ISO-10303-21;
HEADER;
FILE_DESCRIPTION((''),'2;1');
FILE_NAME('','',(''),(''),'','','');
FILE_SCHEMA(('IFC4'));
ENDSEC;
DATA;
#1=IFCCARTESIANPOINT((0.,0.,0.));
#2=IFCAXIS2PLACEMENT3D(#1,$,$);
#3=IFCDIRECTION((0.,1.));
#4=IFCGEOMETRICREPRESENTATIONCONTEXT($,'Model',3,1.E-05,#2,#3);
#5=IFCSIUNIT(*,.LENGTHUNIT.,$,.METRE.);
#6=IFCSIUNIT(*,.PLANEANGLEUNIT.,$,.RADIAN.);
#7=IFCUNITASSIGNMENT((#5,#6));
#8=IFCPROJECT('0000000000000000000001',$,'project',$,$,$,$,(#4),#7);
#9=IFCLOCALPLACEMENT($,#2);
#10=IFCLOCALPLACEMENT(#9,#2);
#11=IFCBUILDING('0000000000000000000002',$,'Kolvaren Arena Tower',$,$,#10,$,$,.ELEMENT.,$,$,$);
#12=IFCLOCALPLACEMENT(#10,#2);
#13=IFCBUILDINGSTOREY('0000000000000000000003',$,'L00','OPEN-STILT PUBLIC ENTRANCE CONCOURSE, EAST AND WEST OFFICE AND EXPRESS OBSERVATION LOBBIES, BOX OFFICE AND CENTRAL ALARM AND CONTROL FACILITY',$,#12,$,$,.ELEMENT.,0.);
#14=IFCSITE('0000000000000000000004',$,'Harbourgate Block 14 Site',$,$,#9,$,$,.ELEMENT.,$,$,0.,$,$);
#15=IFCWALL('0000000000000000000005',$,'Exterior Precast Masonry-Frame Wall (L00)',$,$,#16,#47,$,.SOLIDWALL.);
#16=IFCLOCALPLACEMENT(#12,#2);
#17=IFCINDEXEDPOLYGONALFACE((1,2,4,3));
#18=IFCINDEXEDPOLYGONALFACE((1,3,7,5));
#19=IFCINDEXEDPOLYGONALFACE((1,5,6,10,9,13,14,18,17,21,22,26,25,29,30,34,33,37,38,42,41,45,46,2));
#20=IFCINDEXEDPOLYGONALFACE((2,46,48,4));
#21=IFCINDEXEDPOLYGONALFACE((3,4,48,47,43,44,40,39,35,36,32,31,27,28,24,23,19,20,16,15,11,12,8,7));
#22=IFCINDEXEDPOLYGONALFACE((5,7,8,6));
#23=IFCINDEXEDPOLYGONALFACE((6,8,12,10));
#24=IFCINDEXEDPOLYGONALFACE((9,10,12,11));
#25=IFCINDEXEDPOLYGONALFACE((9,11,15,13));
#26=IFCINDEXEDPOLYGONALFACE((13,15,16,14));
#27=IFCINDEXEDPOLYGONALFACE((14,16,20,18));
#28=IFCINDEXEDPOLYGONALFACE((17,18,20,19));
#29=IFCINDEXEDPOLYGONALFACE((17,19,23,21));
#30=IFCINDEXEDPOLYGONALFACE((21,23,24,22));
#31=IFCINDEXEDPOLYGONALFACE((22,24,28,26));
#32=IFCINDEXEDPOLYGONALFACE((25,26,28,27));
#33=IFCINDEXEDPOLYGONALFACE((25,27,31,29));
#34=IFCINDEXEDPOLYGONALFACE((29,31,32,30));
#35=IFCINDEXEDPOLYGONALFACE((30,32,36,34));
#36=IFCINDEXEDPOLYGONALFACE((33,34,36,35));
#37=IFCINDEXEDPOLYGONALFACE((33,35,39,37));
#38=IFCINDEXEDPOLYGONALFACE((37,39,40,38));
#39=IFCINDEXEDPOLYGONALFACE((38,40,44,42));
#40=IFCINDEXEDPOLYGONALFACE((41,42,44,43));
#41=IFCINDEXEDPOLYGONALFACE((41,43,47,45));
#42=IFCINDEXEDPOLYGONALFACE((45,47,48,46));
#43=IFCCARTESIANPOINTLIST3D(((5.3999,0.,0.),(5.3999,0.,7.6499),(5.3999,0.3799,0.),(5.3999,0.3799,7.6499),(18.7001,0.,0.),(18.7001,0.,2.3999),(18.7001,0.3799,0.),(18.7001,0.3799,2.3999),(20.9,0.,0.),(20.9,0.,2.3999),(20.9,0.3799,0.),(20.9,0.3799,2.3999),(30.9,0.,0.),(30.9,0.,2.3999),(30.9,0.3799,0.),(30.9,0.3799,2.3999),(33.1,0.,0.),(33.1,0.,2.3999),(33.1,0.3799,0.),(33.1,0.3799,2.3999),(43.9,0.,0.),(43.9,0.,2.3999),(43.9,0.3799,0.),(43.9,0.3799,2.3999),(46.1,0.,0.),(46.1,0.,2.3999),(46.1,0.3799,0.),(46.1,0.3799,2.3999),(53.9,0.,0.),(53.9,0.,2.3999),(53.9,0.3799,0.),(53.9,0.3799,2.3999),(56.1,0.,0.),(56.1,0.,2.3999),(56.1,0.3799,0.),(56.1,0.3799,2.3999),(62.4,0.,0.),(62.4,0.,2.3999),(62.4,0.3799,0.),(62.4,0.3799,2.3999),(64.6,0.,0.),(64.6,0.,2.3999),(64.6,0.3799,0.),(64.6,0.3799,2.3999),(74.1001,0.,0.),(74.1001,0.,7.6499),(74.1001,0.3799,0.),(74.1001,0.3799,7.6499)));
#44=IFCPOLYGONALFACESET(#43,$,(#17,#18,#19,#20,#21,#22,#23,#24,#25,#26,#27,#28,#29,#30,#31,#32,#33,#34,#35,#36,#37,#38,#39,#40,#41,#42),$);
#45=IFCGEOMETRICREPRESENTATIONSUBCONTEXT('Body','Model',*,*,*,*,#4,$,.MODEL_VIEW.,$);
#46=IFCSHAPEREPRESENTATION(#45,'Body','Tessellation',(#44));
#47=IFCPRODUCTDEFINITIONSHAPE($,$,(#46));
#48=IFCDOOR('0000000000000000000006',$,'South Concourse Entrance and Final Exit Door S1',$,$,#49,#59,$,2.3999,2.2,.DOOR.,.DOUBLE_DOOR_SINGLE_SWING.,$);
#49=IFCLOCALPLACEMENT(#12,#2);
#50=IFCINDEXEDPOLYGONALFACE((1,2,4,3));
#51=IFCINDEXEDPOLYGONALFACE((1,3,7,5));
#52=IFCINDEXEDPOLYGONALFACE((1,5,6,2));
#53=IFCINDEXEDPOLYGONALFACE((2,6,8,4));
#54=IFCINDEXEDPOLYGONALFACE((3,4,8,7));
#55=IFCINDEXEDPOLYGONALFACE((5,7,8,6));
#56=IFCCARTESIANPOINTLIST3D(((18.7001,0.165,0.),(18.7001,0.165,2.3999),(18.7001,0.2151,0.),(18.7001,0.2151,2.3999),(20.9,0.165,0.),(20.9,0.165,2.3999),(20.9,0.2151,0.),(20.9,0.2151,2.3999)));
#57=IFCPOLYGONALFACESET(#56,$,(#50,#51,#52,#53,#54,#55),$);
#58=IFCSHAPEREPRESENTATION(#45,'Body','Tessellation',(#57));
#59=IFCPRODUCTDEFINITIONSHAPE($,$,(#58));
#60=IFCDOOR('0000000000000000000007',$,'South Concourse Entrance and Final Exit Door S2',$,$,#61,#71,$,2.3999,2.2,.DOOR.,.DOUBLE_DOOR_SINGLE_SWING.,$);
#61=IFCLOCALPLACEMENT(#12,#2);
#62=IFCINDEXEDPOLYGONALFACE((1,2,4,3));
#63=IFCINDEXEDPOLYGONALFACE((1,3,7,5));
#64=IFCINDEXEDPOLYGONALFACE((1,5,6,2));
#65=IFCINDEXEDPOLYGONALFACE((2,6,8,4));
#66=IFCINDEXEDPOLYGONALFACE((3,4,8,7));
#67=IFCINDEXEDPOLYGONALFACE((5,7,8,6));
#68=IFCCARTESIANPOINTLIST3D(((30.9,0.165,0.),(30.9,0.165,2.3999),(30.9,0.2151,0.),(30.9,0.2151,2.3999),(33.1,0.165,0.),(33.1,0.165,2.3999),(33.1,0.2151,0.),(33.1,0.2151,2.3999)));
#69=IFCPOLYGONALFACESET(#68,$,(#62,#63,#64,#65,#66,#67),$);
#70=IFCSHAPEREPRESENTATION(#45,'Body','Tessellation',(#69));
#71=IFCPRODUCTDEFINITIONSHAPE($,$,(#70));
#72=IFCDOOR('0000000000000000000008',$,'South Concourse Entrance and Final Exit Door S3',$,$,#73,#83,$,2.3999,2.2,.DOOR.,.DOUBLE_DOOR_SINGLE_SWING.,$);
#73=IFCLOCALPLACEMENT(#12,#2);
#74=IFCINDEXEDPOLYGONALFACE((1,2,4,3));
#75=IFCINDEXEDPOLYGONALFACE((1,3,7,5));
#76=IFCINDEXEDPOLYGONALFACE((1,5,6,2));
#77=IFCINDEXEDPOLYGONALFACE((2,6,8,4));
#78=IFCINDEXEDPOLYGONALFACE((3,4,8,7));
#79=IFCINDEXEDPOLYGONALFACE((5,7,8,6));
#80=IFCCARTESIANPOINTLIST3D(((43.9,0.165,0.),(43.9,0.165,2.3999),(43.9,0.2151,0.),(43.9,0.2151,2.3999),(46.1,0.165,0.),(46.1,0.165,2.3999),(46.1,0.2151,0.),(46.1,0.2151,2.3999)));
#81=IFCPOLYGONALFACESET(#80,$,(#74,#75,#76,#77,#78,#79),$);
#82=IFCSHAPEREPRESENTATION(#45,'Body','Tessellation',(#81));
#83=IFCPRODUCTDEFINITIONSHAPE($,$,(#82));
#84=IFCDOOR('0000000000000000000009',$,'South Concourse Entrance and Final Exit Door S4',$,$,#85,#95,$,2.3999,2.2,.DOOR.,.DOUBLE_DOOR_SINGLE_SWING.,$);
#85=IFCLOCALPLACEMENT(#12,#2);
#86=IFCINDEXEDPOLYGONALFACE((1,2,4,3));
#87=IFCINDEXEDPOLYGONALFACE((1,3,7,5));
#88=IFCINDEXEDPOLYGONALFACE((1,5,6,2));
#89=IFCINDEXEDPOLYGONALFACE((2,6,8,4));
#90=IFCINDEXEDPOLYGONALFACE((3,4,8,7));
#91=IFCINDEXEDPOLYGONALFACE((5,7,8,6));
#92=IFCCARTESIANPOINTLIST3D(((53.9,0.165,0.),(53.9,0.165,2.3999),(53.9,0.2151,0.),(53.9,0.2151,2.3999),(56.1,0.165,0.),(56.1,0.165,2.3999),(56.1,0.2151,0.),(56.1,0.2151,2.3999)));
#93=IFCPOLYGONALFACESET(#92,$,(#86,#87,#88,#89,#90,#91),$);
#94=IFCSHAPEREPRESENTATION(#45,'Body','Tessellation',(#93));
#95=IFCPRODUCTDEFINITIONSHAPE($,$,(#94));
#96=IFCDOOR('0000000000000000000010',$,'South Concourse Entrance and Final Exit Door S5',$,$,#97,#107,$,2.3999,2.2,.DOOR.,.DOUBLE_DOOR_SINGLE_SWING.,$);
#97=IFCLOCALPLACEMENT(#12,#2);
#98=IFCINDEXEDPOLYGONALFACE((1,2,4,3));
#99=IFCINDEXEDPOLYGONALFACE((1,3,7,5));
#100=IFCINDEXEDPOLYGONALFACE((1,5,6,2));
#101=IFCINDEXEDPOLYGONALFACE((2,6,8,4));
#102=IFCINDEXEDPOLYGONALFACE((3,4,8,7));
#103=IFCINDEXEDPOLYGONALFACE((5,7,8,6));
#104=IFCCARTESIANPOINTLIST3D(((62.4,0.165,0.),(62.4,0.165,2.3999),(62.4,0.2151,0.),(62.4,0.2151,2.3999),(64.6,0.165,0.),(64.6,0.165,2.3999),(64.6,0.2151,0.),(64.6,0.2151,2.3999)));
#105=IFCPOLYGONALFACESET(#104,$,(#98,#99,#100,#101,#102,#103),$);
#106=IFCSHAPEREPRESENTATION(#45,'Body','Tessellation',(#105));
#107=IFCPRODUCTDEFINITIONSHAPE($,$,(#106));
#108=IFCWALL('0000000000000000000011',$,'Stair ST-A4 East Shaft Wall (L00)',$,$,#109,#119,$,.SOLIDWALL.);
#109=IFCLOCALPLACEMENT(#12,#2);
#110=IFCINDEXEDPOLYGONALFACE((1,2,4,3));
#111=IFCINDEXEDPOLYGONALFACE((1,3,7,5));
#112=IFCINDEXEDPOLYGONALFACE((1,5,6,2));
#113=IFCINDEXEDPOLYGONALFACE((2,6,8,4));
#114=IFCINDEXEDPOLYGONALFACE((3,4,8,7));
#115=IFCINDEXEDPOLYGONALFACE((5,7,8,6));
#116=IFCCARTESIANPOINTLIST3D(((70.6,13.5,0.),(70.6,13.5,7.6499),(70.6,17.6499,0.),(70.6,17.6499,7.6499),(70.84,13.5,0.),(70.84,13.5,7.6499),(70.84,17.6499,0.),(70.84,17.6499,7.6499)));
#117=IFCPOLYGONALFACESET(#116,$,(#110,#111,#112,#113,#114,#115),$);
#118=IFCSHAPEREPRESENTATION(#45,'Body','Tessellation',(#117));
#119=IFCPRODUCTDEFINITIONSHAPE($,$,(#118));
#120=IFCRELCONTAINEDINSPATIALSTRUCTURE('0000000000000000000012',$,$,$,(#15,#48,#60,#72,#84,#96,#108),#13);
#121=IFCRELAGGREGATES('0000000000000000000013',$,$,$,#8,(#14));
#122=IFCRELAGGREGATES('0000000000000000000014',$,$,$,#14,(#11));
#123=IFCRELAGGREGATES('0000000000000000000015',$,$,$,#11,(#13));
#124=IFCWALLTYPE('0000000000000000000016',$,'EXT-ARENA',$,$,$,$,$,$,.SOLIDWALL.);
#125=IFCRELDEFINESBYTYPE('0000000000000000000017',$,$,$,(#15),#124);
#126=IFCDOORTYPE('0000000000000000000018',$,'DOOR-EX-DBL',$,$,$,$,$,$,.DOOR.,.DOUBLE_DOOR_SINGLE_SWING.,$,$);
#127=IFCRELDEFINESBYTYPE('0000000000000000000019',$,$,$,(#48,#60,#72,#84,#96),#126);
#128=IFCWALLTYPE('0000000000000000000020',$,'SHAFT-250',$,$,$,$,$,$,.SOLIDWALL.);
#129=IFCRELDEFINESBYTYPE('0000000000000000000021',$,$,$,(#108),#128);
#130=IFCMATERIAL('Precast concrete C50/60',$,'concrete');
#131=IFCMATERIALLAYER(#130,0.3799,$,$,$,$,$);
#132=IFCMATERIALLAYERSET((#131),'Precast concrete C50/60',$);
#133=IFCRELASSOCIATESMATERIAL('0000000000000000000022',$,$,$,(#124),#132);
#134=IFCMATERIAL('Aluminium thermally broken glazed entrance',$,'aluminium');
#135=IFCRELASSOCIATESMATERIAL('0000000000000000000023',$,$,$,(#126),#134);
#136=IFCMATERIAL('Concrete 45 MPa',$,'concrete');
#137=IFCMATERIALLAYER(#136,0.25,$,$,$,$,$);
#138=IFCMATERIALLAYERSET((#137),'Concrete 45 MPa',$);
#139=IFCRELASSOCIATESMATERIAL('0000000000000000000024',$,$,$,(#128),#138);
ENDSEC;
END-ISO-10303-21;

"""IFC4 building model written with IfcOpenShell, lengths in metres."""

from ifc_helpers import new_model, si_unit, direction, frame, frame_2d, origin, place, context, subcontext, project, spatial, rectangle, extrude, material, layer, layer_set, type_object, element, fill, save


model = new_model("IFC4")

# Units and contexts
model_context = context("Model", 3, precision=1e-05, world=origin(), true_north=direction((0.0, 1.0)))
body_context = subcontext(model_context, "Body", "Model", "MODEL_VIEW")
ifc_project = project(units=[si_unit("LENGTHUNIT", "METRE"), si_unit("PLANEANGLEUNIT", "RADIAN")], contexts=[model_context])

# Site, building, storey
site_placement = place(None, origin())
site = spatial("IfcSite", under=ifc_project, at=site_placement, Name="Harbourgate Block 14 Site", CompositionType="ELEMENT", RefElevation=0.0)
building_placement = place(site_placement, origin())
building = spatial("IfcBuilding", under=site, at=building_placement, Name="Kolvaren Arena Tower", CompositionType="ELEMENT")
storey_placement = place(building_placement, origin())
storey = spatial("IfcBuildingStorey", under=building, at=storey_placement, Name="L00", Description="OPEN-STILT PUBLIC ENTRANCE CONCOURSE, EAST AND WEST OFFICE AND EXPRESS OBSERVATION LOBBIES, BOX OFFICE AND CENTRAL ALARM AND CONTROL FACILITY", CompositionType="ELEMENT", Elevation=0.0)

# Shared definitions
ifc_material_1 = material(Name="Precast concrete C50/60", Category="concrete")
ifc_layer_1 = layer(ifc_material_1, 0.3799)
ifc_layer_set_1 = layer_set([ifc_layer_1], Name="Precast concrete C50/60")
wall_type_1 = type_object("IfcWallType", Name="EXT-ARENA", PredefinedType="SOLIDWALL", material=ifc_layer_set_1)

# Wall, openings, doors
wall_1_placement = place(storey_placement, frame((74.1001, 0.1899, 0.0), z_axis=(0.0, 0.0, 1.0), x_axis=(-1.0, 0.0, 0.0)))
wall_1 = element("IfcWall", 1, at=wall_1_placement, inside=storey, type_object=wall_type_1, Name="Exterior Precast Masonry-Frame Wall (L00)", PredefinedType="SOLIDWALL", context=body_context, shape_type="SweptSolid", body=[
    extrude(rectangle(XDim=68.7002, YDim=0.3799, at=frame_2d((34.3501, 0.0))), origin(), (0.0, 0.0, 1.0), 7.6499),
])
opening_1_placement = place(wall_1_placement, frame((53.2, 0.0, 0.0)))
opening_1 = element("IfcOpeningElement", 2, at=opening_1_placement, cuts=wall_1, PredefinedType="OPENING", context=body_context, shape_type="SweptSolid", body=[
    extrude(rectangle(XDim=2.2, YDim=2.3999, at=frame_2d((1.1001, 1.2))), frame((0.0, 0.2, 0.0), z_axis=(0.0, -1.0, 0.0), x_axis=(1.0, 0.0, 0.0)), (0.0, 0.0, 1.0), 0.3999),
])
opening_2_placement = place(wall_1_placement, frame((41.0, 0.0, 0.0)))
opening_2 = element("IfcOpeningElement", 3, at=opening_2_placement, cuts=wall_1, PredefinedType="OPENING", context=body_context, shape_type="SweptSolid", body=[
    extrude(rectangle(XDim=2.2, YDim=2.3999, at=frame_2d((1.1001, 1.2))), frame((0.0, 0.2, 0.0), z_axis=(0.0, -1.0, 0.0), x_axis=(1.0, 0.0, 0.0)), (0.0, 0.0, 1.0), 0.3999),
])
opening_3_placement = place(wall_1_placement, frame((28.0, 0.0, 0.0)))
opening_3 = element("IfcOpeningElement", 4, at=opening_3_placement, cuts=wall_1, PredefinedType="OPENING", context=body_context, shape_type="SweptSolid", body=[
    extrude(rectangle(XDim=2.2, YDim=2.3999, at=frame_2d((1.1001, 1.2))), frame((0.0, 0.2, 0.0), z_axis=(0.0, -1.0, 0.0), x_axis=(1.0, 0.0, 0.0)), (0.0, 0.0, 1.0), 0.3999),
])
opening_4_placement = place(wall_1_placement, frame((18.0, 0.0, 0.0)))
opening_4 = element("IfcOpeningElement", 5, at=opening_4_placement, cuts=wall_1, PredefinedType="OPENING", context=body_context, shape_type="SweptSolid", body=[
    extrude(rectangle(XDim=2.2, YDim=2.3999, at=frame_2d((1.1001, 1.2))), frame((0.0, 0.2, 0.0), z_axis=(0.0, -1.0, 0.0), x_axis=(1.0, 0.0, 0.0)), (0.0, 0.0, 1.0), 0.3999),
])
opening_5_placement = place(wall_1_placement, frame((9.5, 0.0, 0.0)))
opening_5 = element("IfcOpeningElement", 6, at=opening_5_placement, cuts=wall_1, PredefinedType="OPENING", context=body_context, shape_type="SweptSolid", body=[
    extrude(rectangle(XDim=2.2, YDim=2.3999, at=frame_2d((1.1001, 1.2))), frame((0.0, 0.2, 0.0), z_axis=(0.0, -1.0, 0.0), x_axis=(1.0, 0.0, 0.0)), (0.0, 0.0, 1.0), 0.3999),
])
ifc_material_2 = material(Name="Aluminium thermally broken glazed entrance", Category="aluminium")
door_type = type_object("IfcDoorType", Name="DOOR-EX-DBL", OperationType="DOUBLE_DOOR_SINGLE_SWING", PredefinedType="DOOR", material=ifc_material_2)
door_1_placement = place(opening_1_placement, origin())
door_1 = element("IfcDoor", 7, at=door_1_placement, inside=storey, type_object=door_type, Name="South Concourse Entrance and Final Exit Door S1", OperationType="DOUBLE_DOOR_SINGLE_SWING", OverallHeight=2.3999, OverallWidth=2.2, PredefinedType="DOOR", context=body_context, shape_type="SweptSolid", body=[
    extrude(rectangle(XDim=2.2, YDim=2.3999, at=frame_2d((1.1001, 1.2))), frame((0.0, 0.0249, 0.0), z_axis=(0.0, -1.0, 0.0), x_axis=(1.0, 0.0, 0.0)), (0.0, 0.0, 1.0), 0.05),
])
fill(opening_1, door_1)
door_2_placement = place(opening_2_placement, origin())
door_2 = element("IfcDoor", 8, at=door_2_placement, inside=storey, type_object=door_type, Name="South Concourse Entrance and Final Exit Door S2", OperationType="DOUBLE_DOOR_SINGLE_SWING", OverallHeight=2.3999, OverallWidth=2.2, PredefinedType="DOOR", context=body_context, shape_type="SweptSolid", body=[
    extrude(rectangle(XDim=2.2, YDim=2.3999, at=frame_2d((1.1001, 1.2))), frame((0.0, 0.0249, 0.0), z_axis=(0.0, -1.0, 0.0), x_axis=(1.0, 0.0, 0.0)), (0.0, 0.0, 1.0), 0.05),
])
fill(opening_2, door_2)
door_3_placement = place(opening_3_placement, origin())
door_3 = element("IfcDoor", 9, at=door_3_placement, inside=storey, type_object=door_type, Name="South Concourse Entrance and Final Exit Door S3", OperationType="DOUBLE_DOOR_SINGLE_SWING", OverallHeight=2.3999, OverallWidth=2.2, PredefinedType="DOOR", context=body_context, shape_type="SweptSolid", body=[
    extrude(rectangle(XDim=2.2, YDim=2.3999, at=frame_2d((1.1001, 1.2))), frame((0.0, 0.0249, 0.0), z_axis=(0.0, -1.0, 0.0), x_axis=(1.0, 0.0, 0.0)), (0.0, 0.0, 1.0), 0.05),
])
fill(opening_3, door_3)
door_4_placement = place(opening_4_placement, origin())
door_4 = element("IfcDoor", 10, at=door_4_placement, inside=storey, type_object=door_type, Name="South Concourse Entrance and Final Exit Door S4", OperationType="DOUBLE_DOOR_SINGLE_SWING", OverallHeight=2.3999, OverallWidth=2.2, PredefinedType="DOOR", context=body_context, shape_type="SweptSolid", body=[
    extrude(rectangle(XDim=2.2, YDim=2.3999, at=frame_2d((1.1001, 1.2))), frame((0.0, 0.0249, 0.0), z_axis=(0.0, -1.0, 0.0), x_axis=(1.0, 0.0, 0.0)), (0.0, 0.0, 1.0), 0.05),
])
fill(opening_4, door_4)
door_5_placement = place(opening_5_placement, origin())
door_5 = element("IfcDoor", 11, at=door_5_placement, inside=storey, type_object=door_type, Name="South Concourse Entrance and Final Exit Door S5", OperationType="DOUBLE_DOOR_SINGLE_SWING", OverallHeight=2.3999, OverallWidth=2.2, PredefinedType="DOOR", context=body_context, shape_type="SweptSolid", body=[
    extrude(rectangle(XDim=2.2, YDim=2.3999, at=frame_2d((1.1001, 1.2))), frame((0.0, 0.0249, 0.0), z_axis=(0.0, -1.0, 0.0), x_axis=(1.0, 0.0, 0.0)), (0.0, 0.0, 1.0), 0.05),
])
fill(opening_5, door_5)

# Wall
ifc_material_3 = material(Name="Concrete 45 MPa", Category="concrete")
ifc_layer_2 = layer(ifc_material_3, 0.25)
ifc_layer_set_2 = layer_set([ifc_layer_2], Name="Concrete 45 MPa")
wall_type_2 = type_object("IfcWallType", Name="SHAFT-250", PredefinedType="SOLIDWALL", material=ifc_layer_set_2)
wall_2_placement = place(storey_placement, frame((70.72, 13.5, 0.0), z_axis=(0.0, 0.0, 1.0), x_axis=(0.0, 1.0, 0.0)))
element("IfcWall", 12, at=wall_2_placement, inside=storey, type_object=wall_type_2, Name="Stair ST-A4 East Shaft Wall (L00)", PredefinedType="SOLIDWALL", context=body_context, shape_type="SweptSolid", body=[
    extrude(rectangle(XDim=4.1499, YDim=0.24, at=frame_2d((2.075, 0.0))), origin(), (0.0, 0.0, 1.0), 7.6499),
])

save(model, "model.ifc")
